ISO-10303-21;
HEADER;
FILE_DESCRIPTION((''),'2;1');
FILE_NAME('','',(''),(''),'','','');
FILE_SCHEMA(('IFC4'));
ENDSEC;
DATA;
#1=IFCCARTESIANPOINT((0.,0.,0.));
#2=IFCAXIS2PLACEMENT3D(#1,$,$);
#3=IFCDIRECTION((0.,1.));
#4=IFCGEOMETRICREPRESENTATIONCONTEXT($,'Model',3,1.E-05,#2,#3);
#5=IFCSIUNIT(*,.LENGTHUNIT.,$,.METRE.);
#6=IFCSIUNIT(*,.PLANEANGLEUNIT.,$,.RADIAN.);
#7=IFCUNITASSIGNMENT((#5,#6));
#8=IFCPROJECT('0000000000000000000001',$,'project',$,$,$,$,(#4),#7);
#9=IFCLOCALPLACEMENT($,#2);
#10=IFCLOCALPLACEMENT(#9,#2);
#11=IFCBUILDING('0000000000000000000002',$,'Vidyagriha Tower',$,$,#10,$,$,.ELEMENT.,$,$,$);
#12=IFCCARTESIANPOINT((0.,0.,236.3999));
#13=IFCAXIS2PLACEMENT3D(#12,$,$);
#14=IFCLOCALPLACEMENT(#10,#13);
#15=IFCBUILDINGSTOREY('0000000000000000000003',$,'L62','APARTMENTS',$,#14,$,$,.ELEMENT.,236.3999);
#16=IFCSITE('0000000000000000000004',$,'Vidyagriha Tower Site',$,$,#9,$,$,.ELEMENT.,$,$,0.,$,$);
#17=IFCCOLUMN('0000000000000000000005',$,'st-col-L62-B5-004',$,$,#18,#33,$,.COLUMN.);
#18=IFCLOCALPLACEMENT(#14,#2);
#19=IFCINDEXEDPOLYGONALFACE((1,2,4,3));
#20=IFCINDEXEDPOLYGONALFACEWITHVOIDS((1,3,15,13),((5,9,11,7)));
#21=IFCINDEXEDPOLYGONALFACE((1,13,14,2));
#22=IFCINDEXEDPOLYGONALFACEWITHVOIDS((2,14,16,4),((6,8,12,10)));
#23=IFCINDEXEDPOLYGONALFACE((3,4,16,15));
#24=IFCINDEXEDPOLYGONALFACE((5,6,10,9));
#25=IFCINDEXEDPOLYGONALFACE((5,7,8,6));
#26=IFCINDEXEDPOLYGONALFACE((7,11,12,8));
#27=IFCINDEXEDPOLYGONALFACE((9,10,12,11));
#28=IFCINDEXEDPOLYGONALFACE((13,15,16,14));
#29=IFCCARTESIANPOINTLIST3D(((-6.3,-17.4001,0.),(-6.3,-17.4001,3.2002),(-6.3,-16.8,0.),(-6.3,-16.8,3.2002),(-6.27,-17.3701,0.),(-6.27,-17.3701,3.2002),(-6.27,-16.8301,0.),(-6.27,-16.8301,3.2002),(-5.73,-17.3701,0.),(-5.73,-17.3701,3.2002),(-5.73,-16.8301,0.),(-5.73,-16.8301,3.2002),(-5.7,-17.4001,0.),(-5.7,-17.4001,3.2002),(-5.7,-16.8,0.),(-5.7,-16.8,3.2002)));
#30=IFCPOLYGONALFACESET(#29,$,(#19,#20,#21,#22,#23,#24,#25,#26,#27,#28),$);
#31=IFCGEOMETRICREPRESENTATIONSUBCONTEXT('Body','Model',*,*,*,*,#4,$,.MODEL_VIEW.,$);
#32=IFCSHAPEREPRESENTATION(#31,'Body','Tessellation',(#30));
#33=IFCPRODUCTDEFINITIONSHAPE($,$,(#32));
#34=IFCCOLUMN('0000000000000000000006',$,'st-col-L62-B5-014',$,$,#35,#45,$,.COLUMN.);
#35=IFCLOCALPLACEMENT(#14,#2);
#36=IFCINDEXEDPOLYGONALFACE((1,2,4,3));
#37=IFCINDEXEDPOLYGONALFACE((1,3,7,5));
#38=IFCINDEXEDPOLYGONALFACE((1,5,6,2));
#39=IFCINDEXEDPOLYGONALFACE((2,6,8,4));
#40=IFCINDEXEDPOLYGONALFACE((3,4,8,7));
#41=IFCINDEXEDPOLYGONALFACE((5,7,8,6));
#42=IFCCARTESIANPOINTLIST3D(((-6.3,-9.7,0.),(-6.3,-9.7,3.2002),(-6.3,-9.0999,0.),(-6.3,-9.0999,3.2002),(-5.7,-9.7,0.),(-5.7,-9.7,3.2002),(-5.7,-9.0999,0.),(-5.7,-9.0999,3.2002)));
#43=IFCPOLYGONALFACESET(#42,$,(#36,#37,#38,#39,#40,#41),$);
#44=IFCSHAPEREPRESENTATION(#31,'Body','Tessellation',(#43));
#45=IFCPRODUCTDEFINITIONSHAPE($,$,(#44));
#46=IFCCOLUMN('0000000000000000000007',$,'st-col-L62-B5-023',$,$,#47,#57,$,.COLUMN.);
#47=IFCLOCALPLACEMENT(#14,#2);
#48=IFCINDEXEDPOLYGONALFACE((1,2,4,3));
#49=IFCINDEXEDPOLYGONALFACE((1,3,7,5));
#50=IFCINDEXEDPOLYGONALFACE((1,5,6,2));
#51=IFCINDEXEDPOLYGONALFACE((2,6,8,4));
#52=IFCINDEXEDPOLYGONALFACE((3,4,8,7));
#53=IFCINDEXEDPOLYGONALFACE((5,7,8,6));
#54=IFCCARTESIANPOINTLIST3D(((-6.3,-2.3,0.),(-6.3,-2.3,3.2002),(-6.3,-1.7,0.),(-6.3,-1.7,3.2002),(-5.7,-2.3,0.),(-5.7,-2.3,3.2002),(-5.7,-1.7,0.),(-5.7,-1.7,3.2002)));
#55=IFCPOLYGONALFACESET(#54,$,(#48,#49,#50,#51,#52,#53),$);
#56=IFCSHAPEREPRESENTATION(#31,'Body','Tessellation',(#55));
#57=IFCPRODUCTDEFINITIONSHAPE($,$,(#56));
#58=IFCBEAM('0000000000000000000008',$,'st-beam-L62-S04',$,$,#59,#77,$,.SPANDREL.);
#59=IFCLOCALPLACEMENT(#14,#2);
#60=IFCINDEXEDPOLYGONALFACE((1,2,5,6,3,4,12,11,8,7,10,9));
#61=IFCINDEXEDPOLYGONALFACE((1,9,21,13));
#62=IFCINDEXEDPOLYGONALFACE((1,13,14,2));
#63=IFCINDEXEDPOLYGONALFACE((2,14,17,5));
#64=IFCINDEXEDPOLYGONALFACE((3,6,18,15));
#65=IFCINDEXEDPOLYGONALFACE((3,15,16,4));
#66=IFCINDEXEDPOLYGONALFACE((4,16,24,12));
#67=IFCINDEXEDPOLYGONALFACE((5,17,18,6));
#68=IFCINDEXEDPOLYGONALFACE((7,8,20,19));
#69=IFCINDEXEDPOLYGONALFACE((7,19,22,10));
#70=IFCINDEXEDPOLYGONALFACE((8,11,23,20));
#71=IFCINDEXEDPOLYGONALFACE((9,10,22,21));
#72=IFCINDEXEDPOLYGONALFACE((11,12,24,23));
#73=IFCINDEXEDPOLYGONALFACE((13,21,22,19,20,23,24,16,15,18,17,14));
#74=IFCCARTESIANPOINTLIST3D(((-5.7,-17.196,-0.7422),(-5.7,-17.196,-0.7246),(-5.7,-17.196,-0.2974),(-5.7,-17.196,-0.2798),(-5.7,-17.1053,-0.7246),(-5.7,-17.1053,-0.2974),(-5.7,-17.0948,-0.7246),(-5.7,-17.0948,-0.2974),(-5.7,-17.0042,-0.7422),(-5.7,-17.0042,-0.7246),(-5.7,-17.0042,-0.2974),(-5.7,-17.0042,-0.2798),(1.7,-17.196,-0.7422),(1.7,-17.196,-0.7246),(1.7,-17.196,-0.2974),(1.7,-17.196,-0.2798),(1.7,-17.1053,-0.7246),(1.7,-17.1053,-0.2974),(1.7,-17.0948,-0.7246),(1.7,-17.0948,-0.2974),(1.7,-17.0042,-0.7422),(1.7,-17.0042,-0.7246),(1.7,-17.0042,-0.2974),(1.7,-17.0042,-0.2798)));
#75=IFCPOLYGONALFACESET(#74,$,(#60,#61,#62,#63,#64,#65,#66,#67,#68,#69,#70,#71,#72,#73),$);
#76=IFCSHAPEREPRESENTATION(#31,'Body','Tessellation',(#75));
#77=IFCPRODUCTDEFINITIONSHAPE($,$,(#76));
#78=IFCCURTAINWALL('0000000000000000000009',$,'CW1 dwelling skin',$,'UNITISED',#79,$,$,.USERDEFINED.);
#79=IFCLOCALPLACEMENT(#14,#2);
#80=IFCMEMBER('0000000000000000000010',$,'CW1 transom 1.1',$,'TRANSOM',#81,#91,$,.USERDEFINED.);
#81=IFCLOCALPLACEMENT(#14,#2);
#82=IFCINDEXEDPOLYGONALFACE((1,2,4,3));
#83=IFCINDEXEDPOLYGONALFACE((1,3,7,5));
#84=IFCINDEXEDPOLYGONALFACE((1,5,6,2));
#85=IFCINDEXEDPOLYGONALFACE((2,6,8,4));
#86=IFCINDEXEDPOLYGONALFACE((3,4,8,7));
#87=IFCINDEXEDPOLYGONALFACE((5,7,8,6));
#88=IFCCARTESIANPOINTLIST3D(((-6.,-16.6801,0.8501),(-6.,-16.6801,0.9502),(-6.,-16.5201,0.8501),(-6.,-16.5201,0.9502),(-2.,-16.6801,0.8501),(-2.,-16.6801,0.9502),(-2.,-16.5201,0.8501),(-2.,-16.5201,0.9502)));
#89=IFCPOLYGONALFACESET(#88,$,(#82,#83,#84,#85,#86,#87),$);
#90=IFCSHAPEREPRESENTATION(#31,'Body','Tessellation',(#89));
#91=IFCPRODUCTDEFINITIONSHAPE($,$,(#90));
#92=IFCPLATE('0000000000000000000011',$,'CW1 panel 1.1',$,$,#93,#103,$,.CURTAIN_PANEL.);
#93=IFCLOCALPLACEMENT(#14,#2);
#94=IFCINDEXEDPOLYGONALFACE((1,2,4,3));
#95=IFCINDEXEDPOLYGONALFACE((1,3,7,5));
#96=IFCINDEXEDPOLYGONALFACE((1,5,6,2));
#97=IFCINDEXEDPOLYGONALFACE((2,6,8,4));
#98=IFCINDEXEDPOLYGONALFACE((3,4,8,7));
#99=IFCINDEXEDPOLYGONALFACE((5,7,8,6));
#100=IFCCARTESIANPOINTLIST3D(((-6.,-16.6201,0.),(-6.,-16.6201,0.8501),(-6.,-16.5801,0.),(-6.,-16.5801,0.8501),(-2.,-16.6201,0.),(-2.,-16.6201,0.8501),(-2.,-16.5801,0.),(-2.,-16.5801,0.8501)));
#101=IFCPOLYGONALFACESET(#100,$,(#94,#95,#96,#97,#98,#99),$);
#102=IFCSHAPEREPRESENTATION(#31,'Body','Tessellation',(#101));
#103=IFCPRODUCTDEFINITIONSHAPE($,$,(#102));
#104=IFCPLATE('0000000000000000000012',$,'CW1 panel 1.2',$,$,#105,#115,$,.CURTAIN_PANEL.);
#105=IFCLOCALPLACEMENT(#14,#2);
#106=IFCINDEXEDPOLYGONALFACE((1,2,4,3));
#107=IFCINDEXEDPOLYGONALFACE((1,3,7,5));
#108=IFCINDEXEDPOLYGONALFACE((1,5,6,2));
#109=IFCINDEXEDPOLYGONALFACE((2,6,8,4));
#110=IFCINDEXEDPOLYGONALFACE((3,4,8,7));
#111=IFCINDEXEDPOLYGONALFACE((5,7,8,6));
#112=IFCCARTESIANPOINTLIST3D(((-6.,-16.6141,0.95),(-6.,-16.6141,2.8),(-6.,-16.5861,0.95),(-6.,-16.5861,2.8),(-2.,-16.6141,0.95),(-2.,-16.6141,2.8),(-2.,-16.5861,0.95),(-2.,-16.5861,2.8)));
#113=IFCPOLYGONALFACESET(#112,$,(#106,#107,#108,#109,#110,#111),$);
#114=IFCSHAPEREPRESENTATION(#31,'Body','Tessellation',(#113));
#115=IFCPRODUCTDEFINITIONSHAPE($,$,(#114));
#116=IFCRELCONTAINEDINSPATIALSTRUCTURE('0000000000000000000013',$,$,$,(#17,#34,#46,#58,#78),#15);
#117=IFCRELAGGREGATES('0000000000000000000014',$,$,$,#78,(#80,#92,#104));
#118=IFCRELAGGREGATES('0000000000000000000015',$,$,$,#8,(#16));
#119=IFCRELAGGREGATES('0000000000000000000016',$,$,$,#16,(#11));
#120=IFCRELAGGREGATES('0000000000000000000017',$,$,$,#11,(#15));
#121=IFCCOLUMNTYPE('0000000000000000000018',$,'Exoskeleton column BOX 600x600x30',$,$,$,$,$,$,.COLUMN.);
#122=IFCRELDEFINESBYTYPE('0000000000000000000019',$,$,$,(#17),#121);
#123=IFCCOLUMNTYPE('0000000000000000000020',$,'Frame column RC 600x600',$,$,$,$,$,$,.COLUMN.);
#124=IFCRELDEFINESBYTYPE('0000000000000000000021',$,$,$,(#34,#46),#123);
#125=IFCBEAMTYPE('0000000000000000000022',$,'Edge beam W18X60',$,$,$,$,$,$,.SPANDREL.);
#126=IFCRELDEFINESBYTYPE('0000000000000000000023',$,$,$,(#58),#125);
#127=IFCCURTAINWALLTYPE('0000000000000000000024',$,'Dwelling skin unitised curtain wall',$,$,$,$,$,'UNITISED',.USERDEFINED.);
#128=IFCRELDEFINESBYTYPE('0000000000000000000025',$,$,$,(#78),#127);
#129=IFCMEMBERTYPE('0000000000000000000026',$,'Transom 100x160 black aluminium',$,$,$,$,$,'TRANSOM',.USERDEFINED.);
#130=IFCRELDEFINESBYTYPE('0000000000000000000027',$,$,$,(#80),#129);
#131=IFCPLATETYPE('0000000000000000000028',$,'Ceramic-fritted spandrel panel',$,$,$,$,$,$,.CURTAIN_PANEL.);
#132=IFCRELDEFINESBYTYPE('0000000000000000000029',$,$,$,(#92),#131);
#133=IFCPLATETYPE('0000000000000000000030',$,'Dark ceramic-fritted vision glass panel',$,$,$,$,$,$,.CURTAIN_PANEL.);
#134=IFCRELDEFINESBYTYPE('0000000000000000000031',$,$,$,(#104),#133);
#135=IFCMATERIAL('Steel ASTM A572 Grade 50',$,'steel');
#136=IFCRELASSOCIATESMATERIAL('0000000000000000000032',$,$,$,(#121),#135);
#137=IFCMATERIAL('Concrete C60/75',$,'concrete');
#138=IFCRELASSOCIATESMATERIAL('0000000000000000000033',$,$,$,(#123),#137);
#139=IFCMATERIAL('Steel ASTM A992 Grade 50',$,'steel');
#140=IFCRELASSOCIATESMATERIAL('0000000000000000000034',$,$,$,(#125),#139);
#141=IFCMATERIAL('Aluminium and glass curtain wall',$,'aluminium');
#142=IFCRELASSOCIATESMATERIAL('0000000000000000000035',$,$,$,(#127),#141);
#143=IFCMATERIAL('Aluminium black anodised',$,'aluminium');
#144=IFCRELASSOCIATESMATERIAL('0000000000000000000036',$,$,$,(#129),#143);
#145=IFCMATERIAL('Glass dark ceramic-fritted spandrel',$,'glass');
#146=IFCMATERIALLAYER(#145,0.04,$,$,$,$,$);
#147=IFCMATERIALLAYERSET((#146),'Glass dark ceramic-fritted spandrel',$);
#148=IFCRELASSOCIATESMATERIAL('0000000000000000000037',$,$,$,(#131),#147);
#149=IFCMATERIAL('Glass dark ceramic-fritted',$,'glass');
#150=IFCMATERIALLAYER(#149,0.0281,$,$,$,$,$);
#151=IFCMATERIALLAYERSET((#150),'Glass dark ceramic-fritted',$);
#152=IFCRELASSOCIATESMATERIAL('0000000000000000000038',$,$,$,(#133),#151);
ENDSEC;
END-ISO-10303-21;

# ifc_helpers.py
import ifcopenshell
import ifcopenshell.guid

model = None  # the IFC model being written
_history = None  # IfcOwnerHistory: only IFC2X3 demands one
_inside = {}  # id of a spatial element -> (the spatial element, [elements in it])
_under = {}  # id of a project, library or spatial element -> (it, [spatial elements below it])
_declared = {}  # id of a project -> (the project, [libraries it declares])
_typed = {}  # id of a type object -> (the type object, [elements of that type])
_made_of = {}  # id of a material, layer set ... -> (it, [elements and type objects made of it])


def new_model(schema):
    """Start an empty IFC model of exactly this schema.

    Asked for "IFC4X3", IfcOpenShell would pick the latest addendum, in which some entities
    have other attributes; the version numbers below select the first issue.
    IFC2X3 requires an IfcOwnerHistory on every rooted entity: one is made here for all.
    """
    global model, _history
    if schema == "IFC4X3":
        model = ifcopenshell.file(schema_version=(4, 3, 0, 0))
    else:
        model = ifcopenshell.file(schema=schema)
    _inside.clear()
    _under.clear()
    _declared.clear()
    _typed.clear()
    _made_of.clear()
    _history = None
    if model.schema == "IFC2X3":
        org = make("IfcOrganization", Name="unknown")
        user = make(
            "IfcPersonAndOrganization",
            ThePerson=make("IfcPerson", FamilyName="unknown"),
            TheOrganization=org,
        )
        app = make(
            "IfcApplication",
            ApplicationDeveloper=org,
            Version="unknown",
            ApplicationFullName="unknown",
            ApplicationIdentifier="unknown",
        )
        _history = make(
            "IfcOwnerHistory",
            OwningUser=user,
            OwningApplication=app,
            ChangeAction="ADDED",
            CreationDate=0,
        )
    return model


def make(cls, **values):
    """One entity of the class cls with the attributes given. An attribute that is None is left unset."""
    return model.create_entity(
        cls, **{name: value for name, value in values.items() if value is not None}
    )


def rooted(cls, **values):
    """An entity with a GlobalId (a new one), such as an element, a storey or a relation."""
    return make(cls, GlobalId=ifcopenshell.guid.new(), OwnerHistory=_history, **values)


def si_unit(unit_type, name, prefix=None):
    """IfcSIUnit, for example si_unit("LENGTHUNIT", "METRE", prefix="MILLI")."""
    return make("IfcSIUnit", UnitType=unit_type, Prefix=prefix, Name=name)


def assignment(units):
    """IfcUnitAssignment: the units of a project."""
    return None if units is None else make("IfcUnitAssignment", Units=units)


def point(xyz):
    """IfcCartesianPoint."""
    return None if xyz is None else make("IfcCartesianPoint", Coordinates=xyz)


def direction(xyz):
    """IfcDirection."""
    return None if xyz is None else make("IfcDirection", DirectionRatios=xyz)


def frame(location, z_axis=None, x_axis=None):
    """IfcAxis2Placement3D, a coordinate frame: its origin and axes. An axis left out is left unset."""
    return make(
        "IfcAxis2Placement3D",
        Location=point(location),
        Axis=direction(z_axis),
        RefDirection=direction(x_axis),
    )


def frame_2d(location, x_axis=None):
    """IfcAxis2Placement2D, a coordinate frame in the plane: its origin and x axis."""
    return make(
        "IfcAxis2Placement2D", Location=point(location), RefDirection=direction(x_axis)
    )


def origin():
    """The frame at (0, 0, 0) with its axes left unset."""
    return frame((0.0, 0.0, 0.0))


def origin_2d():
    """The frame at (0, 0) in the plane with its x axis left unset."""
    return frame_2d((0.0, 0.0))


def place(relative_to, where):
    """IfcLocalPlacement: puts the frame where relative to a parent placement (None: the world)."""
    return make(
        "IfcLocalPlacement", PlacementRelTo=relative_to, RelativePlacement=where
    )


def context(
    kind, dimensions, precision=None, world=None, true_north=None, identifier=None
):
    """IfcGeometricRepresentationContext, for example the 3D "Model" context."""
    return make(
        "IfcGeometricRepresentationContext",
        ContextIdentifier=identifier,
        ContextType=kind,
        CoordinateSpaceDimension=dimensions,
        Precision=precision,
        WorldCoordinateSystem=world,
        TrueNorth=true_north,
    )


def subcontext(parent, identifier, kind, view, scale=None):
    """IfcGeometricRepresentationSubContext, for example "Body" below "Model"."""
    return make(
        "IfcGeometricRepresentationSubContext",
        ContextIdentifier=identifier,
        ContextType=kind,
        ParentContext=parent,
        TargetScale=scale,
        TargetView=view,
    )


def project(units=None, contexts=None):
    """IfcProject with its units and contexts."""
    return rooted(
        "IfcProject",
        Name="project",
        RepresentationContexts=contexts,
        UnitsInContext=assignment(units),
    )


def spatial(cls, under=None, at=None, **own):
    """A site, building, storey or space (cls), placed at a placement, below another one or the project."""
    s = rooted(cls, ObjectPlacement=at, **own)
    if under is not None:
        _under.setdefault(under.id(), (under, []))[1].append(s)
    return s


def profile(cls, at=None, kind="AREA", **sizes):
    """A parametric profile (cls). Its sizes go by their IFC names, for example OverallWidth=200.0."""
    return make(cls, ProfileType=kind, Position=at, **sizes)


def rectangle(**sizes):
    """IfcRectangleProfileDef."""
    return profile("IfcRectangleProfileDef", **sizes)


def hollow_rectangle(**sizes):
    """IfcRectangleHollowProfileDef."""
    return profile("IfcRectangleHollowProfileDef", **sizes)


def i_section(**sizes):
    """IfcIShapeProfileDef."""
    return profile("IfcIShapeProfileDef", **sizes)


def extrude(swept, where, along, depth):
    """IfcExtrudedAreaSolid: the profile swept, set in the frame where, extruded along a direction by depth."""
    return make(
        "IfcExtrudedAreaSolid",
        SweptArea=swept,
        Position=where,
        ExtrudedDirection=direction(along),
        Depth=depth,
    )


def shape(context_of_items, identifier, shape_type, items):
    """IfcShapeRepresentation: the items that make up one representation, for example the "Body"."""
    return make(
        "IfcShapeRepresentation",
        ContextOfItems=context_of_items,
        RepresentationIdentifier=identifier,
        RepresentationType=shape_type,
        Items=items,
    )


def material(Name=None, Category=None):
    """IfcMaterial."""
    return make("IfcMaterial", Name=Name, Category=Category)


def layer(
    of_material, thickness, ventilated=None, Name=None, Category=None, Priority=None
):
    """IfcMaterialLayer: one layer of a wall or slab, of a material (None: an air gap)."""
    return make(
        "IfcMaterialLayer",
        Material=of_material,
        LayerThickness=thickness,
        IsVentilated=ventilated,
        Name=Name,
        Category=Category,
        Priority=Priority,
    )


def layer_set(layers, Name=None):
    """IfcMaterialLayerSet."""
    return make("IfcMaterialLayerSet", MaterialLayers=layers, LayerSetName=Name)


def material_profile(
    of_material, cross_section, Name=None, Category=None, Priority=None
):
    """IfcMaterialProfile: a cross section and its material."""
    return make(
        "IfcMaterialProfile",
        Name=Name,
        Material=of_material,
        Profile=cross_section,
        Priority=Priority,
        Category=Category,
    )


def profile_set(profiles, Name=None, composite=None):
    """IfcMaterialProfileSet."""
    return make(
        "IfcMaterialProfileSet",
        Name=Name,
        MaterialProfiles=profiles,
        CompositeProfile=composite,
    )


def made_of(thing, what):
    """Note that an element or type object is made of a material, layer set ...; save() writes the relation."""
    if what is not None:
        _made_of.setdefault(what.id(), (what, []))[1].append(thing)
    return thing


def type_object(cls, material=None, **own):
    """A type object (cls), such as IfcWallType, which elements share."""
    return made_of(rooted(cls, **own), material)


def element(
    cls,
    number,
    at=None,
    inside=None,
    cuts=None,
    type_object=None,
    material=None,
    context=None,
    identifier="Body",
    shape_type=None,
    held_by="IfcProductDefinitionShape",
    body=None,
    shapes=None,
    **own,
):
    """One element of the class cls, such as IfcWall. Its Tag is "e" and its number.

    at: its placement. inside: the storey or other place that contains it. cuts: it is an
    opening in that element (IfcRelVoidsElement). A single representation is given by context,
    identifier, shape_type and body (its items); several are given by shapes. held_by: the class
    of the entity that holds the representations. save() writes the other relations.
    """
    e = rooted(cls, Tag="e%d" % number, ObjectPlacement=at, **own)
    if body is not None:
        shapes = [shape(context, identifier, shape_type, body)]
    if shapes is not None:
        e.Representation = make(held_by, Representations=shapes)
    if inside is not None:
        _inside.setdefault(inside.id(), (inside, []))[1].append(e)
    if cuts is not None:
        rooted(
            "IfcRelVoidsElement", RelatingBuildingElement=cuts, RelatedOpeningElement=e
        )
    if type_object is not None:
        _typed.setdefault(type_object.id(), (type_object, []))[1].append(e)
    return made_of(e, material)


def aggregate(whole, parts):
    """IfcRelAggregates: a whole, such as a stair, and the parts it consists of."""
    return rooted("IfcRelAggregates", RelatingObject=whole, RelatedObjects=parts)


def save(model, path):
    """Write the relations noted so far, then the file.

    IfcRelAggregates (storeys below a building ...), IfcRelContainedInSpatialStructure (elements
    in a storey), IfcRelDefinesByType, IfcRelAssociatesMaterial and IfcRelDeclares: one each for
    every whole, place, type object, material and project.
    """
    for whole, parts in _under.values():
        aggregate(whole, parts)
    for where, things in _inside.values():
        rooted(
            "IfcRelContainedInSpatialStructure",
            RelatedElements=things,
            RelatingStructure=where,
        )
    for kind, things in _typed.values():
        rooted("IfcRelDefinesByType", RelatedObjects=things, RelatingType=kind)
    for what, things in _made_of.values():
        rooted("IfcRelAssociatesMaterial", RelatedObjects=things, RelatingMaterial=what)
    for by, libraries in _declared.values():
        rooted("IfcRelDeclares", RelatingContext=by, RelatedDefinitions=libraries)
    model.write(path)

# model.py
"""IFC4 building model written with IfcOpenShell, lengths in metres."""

from ifc_helpers import new_model, si_unit, direction, frame, origin, origin_2d, place, context, subcontext, project, spatial, rectangle, hollow_rectangle, i_section, extrude, material, layer, layer_set, material_profile, profile_set, type_object, element, aggregate, save


model = new_model("IFC4")

# Units and contexts
model_context = context("Model", 3, precision=1e-05, world=origin(), true_north=direction((0.0, 1.0)))
body_context = subcontext(model_context, "Body", "Model", "MODEL_VIEW")
ifc_project = project(units=[si_unit("LENGTHUNIT", "METRE"), si_unit("PLANEANGLEUNIT", "RADIAN")], contexts=[model_context])

# Site, building, storey
site_placement = place(None, origin())
site = spatial("IfcSite", under=ifc_project, at=site_placement, Name="Vidyagriha Tower Site", CompositionType="ELEMENT", RefElevation=0.0)
building_placement = place(site_placement, origin())
building = spatial("IfcBuilding", under=site, at=building_placement, Name="Vidyagriha Tower", CompositionType="ELEMENT")
storey_placement = place(building_placement, frame((0.0, 0.0, 236.3999)))
storey = spatial("IfcBuildingStorey", under=building, at=storey_placement, Name="L62", Description="APARTMENTS", CompositionType="ELEMENT", Elevation=236.3999)

# Columns
ifc_material_1 = material(Name="Steel ASTM A572 Grade 50", Category="steel")
ifc_material_profile_1 = material_profile(ifc_material_1, hollow_rectangle(XDim=0.6001, YDim=0.6001, WallThickness=0.03, at=origin_2d()), Name="BOX 600x600x30")
ifc_profile_set_1 = profile_set([ifc_material_profile_1], Name="Steel ASTM A572 Grade 50")
column_type_1 = type_object("IfcColumnType", Name="Exoskeleton column BOX 600x600x30", PredefinedType="COLUMN", material=ifc_profile_set_1)
column_placement = place(storey_placement, frame((-6.0, -17.1001, 0.0)))
element("IfcColumn", 1, at=column_placement, inside=storey, type_object=column_type_1, Name="st-col-L62-B5-004", PredefinedType="COLUMN", context=body_context, shape_type="SweptSolid", body=[
    extrude(hollow_rectangle(XDim=0.6001, YDim=0.6001, WallThickness=0.03, at=origin_2d()), origin(), (0.0, 0.0, 1.0), 3.2002),
])
ifc_material_2 = material(Name="Concrete C60/75", Category="concrete")
ifc_material_profile_2 = material_profile(ifc_material_2, rectangle(XDim=0.6001, YDim=0.6001, at=origin_2d()), Name="RC 600x600")
ifc_profile_set_2 = profile_set([ifc_material_profile_2], Name="Concrete C60/75")
column_type_2 = type_object("IfcColumnType", Name="Frame column RC 600x600", PredefinedType="COLUMN", material=ifc_profile_set_2)
for number, where, name in (
    (2, (-6.0, -9.3999, 0.0), "st-col-L62-B5-014"),
    (3, (-6.0, -2.0, 0.0), "st-col-L62-B5-023"),
):
    element("IfcColumn", number, at=place(storey_placement, frame(where)), inside=storey, type_object=column_type_2, Name=name, PredefinedType="COLUMN", context=body_context, shape_type="SweptSolid", body=[
        extrude(rectangle(XDim=0.6001, YDim=0.6001, at=origin_2d()), origin(), (0.0, 0.0, 1.0), 3.2002),
    ])

# Beam
ifc_material_3 = material(Name="Steel ASTM A992 Grade 50", Category="steel")
ifc_material_profile_3 = material_profile(ifc_material_3, i_section(OverallWidth=0.1919, OverallDepth=0.4624, WebThickness=0.0105, FlangeThickness=0.0176, at=origin_2d()), Name="W18X60")
ifc_profile_set_3 = profile_set([ifc_material_profile_3], Name="Steel ASTM A992 Grade 50")
beam_type = type_object("IfcBeamType", Name="Edge beam W18X60", PredefinedType="SPANDREL", material=ifc_profile_set_3)
beam_placement = place(storey_placement, frame((-5.7, -17.1001, -0.511), z_axis=(1.0, 0.0, 0.0), x_axis=(0.0, 1.0, 0.0)))
element("IfcBeam", 4, at=beam_placement, inside=storey, type_object=beam_type, Name="st-beam-L62-S04", PredefinedType="SPANDREL", context=body_context, shape_type="SweptSolid", body=[
    extrude(i_section(OverallWidth=0.1919, OverallDepth=0.4624, WebThickness=0.0105, FlangeThickness=0.0176, at=origin_2d()), origin(), (0.0, 0.0, 1.0), 7.3999),
])

# Curtain wall, member, plates
ifc_material_4 = material(Name="Aluminium and glass curtain wall", Category="aluminium")
curtain_wall_type = type_object("IfcCurtainWallType", Name="Dwelling skin unitised curtain wall", ElementType="UNITISED", PredefinedType="USERDEFINED", material=ifc_material_4)
curtain_wall_placement = place(storey_placement, origin())
curtain_wall = element("IfcCurtainWall", 5, at=curtain_wall_placement, inside=storey, type_object=curtain_wall_type, Name="CW1 dwelling skin", ObjectType="UNITISED", PredefinedType="USERDEFINED")
ifc_material_5 = material(Name="Aluminium black anodised", Category="aluminium")
ifc_material_profile_4 = material_profile(ifc_material_5, rectangle(XDim=0.1599, YDim=0.1001, at=origin_2d()), Name="Transom 100x160 black aluminium")
ifc_profile_set_4 = profile_set([ifc_material_profile_4], Name="Aluminium black anodised")
member_type = type_object("IfcMemberType", Name="Transom 100x160 black aluminium", ElementType="TRANSOM", PredefinedType="USERDEFINED", material=ifc_profile_set_4)
member_placement = place(storey_placement, frame((-6.0, -16.6001, 0.9001), z_axis=(1.0, 0.0, 0.0), x_axis=(0.0, 1.0, 0.0)))
member = element("IfcMember", 6, at=member_placement, type_object=member_type, Name="CW1 transom 1.1", ObjectType="TRANSOM", PredefinedType="USERDEFINED", context=body_context, shape_type="SweptSolid", body=[
    extrude(rectangle(XDim=0.1599, YDim=0.1001, at=origin_2d()), origin(), (0.0, 0.0, 1.0), 4.0),
])
ifc_material_6 = material(Name="Glass dark ceramic-fritted spandrel", Category="glass")
ifc_layer_1 = layer(ifc_material_6, 0.04)
ifc_layer_set_1 = layer_set([ifc_layer_1], Name="Glass dark ceramic-fritted spandrel")
plate_type_1 = type_object("IfcPlateType", Name="Ceramic-fritted spandrel panel", PredefinedType="CURTAIN_PANEL", material=ifc_layer_set_1)
plate_1_placement = place(storey_placement, frame((-4.0, -16.6001, 0.0)))
plate_1 = element("IfcPlate", 7, at=plate_1_placement, type_object=plate_type_1, Name="CW1 panel 1.1", PredefinedType="CURTAIN_PANEL", context=body_context, shape_type="SweptSolid", body=[
    extrude(rectangle(XDim=4.0, YDim=0.04, at=origin_2d()), origin(), (0.0, 0.0, 1.0), 0.8501),
])
ifc_material_7 = material(Name="Glass dark ceramic-fritted", Category="glass")
ifc_layer_2 = layer(ifc_material_7, 0.0281)
ifc_layer_set_2 = layer_set([ifc_layer_2], Name="Glass dark ceramic-fritted")
plate_type_2 = type_object("IfcPlateType", Name="Dark ceramic-fritted vision glass panel", PredefinedType="CURTAIN_PANEL", material=ifc_layer_set_2)
plate_2_placement = place(storey_placement, frame((-4.0, -16.6001, 0.95)))
plate_2 = element("IfcPlate", 8, at=plate_2_placement, type_object=plate_type_2, Name="CW1 panel 1.2", PredefinedType="CURTAIN_PANEL", context=body_context, shape_type="SweptSolid", body=[
    extrude(rectangle(XDim=4.0, YDim=0.0281, at=origin_2d()), origin(), (0.0, 0.0, 1.0), 1.8501),
])
aggregate(curtain_wall, [member, plate_1, plate_2])

save(model, "model.ifc")
